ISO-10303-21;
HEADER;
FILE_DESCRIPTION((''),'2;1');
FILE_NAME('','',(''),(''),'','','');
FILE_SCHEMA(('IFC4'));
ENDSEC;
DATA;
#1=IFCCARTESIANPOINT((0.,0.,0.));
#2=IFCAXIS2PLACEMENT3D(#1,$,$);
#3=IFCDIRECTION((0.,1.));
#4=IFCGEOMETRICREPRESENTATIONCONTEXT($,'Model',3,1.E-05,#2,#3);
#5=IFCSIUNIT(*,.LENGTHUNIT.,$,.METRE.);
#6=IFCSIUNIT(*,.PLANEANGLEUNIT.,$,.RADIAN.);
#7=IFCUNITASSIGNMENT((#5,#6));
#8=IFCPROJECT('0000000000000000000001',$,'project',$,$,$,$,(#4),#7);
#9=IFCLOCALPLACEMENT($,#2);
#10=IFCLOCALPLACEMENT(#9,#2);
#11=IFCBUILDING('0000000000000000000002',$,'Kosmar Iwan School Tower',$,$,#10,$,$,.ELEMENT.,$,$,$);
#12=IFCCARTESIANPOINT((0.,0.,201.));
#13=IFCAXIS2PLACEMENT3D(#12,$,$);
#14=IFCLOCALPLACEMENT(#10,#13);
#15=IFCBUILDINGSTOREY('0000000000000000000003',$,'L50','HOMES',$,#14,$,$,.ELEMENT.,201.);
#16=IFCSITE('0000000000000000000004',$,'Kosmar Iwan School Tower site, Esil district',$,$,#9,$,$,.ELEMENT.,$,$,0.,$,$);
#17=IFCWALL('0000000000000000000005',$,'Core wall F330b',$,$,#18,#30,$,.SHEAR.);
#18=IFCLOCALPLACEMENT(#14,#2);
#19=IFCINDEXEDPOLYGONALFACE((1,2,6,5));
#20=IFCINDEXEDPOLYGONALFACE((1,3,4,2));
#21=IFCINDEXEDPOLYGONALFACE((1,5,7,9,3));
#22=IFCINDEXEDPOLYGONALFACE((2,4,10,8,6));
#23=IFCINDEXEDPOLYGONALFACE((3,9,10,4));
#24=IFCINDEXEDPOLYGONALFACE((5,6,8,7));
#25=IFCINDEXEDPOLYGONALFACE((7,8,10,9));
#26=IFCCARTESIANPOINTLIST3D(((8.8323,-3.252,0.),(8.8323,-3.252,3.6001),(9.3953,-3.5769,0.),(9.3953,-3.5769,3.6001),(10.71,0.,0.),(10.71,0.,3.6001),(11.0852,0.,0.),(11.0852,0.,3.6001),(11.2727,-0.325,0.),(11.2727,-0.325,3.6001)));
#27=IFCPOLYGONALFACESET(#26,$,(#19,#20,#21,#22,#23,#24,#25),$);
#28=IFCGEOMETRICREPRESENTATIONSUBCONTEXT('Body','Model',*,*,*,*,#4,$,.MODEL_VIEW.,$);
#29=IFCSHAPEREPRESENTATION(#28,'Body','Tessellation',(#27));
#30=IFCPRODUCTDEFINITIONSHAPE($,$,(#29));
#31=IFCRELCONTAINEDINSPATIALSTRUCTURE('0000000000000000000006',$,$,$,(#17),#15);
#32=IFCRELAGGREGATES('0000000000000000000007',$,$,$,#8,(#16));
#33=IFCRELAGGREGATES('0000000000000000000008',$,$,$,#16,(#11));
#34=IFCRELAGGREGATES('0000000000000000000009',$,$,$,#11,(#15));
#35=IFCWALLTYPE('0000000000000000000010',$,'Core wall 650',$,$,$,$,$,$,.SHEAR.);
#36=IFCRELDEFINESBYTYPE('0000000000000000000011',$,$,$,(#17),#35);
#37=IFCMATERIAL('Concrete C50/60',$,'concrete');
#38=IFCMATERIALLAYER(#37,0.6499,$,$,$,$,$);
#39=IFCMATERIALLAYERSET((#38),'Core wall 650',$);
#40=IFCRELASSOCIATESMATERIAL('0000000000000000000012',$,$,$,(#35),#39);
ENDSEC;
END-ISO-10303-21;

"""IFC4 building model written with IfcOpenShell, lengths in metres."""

from ifc_helpers import new_model, si_unit, direction, frame, origin, place, context, subcontext, project, spatial, polyline, outline, extrude, material, layer, layer_set, type_object, element, save


model = new_model("IFC4")

# Units and contexts
model_context = context("Model", 3, precision=1e-05, world=origin(), true_north=direction((0.0, 1.0)))
body_context = subcontext(model_context, "Body", "Model", "MODEL_VIEW")
ifc_project = project(units=[si_unit("LENGTHUNIT", "METRE"), si_unit("PLANEANGLEUNIT", "RADIAN")], contexts=[model_context])

# Site, building, storey
site_placement = place(None, origin())
site = spatial("IfcSite", under=ifc_project, at=site_placement, Name="Kosmar Iwan School Tower site, Esil district", CompositionType="ELEMENT", RefElevation=0.0)
building_placement = place(site_placement, origin())
building = spatial("IfcBuilding", under=site, at=building_placement, Name="Kosmar Iwan School Tower", CompositionType="ELEMENT")
storey_placement = place(building_placement, frame((0.0, 0.0, 201.0)))
storey = spatial("IfcBuildingStorey", under=building, at=storey_placement, Name="L50", Description="HOMES", CompositionType="ELEMENT", Elevation=201.0)

# Wall
ifc_material_1 = material(Name="Concrete C50/60", Category="concrete")
ifc_layer_1 = layer(ifc_material_1, 0.6499)
ifc_layer_set_1 = layer_set([ifc_layer_1], Name="Core wall 650")
wall_type = type_object("IfcWallType", Name="Core wall 650", PredefinedType="SHEAR", material=ifc_layer_set_1)
wall_1_placement = place(storey_placement, origin())
element("IfcWall", 1, at=wall_1_placement, inside=storey, type_object=wall_type, Name="Core wall F330b", PredefinedType="SHEAR", context=body_context, shape_type="SweptSolid", body=[
    extrude(outline(polyline([(9.3953, -3.5769), (11.2727, -0.325), (11.0852, 0.0), (10.71, 0.0), (8.8323, -3.252), (9.3953, -3.5769)])), origin(), (0.0, 0.0, 1.0), 3.6001),
])

save(model, "model.ifc")
